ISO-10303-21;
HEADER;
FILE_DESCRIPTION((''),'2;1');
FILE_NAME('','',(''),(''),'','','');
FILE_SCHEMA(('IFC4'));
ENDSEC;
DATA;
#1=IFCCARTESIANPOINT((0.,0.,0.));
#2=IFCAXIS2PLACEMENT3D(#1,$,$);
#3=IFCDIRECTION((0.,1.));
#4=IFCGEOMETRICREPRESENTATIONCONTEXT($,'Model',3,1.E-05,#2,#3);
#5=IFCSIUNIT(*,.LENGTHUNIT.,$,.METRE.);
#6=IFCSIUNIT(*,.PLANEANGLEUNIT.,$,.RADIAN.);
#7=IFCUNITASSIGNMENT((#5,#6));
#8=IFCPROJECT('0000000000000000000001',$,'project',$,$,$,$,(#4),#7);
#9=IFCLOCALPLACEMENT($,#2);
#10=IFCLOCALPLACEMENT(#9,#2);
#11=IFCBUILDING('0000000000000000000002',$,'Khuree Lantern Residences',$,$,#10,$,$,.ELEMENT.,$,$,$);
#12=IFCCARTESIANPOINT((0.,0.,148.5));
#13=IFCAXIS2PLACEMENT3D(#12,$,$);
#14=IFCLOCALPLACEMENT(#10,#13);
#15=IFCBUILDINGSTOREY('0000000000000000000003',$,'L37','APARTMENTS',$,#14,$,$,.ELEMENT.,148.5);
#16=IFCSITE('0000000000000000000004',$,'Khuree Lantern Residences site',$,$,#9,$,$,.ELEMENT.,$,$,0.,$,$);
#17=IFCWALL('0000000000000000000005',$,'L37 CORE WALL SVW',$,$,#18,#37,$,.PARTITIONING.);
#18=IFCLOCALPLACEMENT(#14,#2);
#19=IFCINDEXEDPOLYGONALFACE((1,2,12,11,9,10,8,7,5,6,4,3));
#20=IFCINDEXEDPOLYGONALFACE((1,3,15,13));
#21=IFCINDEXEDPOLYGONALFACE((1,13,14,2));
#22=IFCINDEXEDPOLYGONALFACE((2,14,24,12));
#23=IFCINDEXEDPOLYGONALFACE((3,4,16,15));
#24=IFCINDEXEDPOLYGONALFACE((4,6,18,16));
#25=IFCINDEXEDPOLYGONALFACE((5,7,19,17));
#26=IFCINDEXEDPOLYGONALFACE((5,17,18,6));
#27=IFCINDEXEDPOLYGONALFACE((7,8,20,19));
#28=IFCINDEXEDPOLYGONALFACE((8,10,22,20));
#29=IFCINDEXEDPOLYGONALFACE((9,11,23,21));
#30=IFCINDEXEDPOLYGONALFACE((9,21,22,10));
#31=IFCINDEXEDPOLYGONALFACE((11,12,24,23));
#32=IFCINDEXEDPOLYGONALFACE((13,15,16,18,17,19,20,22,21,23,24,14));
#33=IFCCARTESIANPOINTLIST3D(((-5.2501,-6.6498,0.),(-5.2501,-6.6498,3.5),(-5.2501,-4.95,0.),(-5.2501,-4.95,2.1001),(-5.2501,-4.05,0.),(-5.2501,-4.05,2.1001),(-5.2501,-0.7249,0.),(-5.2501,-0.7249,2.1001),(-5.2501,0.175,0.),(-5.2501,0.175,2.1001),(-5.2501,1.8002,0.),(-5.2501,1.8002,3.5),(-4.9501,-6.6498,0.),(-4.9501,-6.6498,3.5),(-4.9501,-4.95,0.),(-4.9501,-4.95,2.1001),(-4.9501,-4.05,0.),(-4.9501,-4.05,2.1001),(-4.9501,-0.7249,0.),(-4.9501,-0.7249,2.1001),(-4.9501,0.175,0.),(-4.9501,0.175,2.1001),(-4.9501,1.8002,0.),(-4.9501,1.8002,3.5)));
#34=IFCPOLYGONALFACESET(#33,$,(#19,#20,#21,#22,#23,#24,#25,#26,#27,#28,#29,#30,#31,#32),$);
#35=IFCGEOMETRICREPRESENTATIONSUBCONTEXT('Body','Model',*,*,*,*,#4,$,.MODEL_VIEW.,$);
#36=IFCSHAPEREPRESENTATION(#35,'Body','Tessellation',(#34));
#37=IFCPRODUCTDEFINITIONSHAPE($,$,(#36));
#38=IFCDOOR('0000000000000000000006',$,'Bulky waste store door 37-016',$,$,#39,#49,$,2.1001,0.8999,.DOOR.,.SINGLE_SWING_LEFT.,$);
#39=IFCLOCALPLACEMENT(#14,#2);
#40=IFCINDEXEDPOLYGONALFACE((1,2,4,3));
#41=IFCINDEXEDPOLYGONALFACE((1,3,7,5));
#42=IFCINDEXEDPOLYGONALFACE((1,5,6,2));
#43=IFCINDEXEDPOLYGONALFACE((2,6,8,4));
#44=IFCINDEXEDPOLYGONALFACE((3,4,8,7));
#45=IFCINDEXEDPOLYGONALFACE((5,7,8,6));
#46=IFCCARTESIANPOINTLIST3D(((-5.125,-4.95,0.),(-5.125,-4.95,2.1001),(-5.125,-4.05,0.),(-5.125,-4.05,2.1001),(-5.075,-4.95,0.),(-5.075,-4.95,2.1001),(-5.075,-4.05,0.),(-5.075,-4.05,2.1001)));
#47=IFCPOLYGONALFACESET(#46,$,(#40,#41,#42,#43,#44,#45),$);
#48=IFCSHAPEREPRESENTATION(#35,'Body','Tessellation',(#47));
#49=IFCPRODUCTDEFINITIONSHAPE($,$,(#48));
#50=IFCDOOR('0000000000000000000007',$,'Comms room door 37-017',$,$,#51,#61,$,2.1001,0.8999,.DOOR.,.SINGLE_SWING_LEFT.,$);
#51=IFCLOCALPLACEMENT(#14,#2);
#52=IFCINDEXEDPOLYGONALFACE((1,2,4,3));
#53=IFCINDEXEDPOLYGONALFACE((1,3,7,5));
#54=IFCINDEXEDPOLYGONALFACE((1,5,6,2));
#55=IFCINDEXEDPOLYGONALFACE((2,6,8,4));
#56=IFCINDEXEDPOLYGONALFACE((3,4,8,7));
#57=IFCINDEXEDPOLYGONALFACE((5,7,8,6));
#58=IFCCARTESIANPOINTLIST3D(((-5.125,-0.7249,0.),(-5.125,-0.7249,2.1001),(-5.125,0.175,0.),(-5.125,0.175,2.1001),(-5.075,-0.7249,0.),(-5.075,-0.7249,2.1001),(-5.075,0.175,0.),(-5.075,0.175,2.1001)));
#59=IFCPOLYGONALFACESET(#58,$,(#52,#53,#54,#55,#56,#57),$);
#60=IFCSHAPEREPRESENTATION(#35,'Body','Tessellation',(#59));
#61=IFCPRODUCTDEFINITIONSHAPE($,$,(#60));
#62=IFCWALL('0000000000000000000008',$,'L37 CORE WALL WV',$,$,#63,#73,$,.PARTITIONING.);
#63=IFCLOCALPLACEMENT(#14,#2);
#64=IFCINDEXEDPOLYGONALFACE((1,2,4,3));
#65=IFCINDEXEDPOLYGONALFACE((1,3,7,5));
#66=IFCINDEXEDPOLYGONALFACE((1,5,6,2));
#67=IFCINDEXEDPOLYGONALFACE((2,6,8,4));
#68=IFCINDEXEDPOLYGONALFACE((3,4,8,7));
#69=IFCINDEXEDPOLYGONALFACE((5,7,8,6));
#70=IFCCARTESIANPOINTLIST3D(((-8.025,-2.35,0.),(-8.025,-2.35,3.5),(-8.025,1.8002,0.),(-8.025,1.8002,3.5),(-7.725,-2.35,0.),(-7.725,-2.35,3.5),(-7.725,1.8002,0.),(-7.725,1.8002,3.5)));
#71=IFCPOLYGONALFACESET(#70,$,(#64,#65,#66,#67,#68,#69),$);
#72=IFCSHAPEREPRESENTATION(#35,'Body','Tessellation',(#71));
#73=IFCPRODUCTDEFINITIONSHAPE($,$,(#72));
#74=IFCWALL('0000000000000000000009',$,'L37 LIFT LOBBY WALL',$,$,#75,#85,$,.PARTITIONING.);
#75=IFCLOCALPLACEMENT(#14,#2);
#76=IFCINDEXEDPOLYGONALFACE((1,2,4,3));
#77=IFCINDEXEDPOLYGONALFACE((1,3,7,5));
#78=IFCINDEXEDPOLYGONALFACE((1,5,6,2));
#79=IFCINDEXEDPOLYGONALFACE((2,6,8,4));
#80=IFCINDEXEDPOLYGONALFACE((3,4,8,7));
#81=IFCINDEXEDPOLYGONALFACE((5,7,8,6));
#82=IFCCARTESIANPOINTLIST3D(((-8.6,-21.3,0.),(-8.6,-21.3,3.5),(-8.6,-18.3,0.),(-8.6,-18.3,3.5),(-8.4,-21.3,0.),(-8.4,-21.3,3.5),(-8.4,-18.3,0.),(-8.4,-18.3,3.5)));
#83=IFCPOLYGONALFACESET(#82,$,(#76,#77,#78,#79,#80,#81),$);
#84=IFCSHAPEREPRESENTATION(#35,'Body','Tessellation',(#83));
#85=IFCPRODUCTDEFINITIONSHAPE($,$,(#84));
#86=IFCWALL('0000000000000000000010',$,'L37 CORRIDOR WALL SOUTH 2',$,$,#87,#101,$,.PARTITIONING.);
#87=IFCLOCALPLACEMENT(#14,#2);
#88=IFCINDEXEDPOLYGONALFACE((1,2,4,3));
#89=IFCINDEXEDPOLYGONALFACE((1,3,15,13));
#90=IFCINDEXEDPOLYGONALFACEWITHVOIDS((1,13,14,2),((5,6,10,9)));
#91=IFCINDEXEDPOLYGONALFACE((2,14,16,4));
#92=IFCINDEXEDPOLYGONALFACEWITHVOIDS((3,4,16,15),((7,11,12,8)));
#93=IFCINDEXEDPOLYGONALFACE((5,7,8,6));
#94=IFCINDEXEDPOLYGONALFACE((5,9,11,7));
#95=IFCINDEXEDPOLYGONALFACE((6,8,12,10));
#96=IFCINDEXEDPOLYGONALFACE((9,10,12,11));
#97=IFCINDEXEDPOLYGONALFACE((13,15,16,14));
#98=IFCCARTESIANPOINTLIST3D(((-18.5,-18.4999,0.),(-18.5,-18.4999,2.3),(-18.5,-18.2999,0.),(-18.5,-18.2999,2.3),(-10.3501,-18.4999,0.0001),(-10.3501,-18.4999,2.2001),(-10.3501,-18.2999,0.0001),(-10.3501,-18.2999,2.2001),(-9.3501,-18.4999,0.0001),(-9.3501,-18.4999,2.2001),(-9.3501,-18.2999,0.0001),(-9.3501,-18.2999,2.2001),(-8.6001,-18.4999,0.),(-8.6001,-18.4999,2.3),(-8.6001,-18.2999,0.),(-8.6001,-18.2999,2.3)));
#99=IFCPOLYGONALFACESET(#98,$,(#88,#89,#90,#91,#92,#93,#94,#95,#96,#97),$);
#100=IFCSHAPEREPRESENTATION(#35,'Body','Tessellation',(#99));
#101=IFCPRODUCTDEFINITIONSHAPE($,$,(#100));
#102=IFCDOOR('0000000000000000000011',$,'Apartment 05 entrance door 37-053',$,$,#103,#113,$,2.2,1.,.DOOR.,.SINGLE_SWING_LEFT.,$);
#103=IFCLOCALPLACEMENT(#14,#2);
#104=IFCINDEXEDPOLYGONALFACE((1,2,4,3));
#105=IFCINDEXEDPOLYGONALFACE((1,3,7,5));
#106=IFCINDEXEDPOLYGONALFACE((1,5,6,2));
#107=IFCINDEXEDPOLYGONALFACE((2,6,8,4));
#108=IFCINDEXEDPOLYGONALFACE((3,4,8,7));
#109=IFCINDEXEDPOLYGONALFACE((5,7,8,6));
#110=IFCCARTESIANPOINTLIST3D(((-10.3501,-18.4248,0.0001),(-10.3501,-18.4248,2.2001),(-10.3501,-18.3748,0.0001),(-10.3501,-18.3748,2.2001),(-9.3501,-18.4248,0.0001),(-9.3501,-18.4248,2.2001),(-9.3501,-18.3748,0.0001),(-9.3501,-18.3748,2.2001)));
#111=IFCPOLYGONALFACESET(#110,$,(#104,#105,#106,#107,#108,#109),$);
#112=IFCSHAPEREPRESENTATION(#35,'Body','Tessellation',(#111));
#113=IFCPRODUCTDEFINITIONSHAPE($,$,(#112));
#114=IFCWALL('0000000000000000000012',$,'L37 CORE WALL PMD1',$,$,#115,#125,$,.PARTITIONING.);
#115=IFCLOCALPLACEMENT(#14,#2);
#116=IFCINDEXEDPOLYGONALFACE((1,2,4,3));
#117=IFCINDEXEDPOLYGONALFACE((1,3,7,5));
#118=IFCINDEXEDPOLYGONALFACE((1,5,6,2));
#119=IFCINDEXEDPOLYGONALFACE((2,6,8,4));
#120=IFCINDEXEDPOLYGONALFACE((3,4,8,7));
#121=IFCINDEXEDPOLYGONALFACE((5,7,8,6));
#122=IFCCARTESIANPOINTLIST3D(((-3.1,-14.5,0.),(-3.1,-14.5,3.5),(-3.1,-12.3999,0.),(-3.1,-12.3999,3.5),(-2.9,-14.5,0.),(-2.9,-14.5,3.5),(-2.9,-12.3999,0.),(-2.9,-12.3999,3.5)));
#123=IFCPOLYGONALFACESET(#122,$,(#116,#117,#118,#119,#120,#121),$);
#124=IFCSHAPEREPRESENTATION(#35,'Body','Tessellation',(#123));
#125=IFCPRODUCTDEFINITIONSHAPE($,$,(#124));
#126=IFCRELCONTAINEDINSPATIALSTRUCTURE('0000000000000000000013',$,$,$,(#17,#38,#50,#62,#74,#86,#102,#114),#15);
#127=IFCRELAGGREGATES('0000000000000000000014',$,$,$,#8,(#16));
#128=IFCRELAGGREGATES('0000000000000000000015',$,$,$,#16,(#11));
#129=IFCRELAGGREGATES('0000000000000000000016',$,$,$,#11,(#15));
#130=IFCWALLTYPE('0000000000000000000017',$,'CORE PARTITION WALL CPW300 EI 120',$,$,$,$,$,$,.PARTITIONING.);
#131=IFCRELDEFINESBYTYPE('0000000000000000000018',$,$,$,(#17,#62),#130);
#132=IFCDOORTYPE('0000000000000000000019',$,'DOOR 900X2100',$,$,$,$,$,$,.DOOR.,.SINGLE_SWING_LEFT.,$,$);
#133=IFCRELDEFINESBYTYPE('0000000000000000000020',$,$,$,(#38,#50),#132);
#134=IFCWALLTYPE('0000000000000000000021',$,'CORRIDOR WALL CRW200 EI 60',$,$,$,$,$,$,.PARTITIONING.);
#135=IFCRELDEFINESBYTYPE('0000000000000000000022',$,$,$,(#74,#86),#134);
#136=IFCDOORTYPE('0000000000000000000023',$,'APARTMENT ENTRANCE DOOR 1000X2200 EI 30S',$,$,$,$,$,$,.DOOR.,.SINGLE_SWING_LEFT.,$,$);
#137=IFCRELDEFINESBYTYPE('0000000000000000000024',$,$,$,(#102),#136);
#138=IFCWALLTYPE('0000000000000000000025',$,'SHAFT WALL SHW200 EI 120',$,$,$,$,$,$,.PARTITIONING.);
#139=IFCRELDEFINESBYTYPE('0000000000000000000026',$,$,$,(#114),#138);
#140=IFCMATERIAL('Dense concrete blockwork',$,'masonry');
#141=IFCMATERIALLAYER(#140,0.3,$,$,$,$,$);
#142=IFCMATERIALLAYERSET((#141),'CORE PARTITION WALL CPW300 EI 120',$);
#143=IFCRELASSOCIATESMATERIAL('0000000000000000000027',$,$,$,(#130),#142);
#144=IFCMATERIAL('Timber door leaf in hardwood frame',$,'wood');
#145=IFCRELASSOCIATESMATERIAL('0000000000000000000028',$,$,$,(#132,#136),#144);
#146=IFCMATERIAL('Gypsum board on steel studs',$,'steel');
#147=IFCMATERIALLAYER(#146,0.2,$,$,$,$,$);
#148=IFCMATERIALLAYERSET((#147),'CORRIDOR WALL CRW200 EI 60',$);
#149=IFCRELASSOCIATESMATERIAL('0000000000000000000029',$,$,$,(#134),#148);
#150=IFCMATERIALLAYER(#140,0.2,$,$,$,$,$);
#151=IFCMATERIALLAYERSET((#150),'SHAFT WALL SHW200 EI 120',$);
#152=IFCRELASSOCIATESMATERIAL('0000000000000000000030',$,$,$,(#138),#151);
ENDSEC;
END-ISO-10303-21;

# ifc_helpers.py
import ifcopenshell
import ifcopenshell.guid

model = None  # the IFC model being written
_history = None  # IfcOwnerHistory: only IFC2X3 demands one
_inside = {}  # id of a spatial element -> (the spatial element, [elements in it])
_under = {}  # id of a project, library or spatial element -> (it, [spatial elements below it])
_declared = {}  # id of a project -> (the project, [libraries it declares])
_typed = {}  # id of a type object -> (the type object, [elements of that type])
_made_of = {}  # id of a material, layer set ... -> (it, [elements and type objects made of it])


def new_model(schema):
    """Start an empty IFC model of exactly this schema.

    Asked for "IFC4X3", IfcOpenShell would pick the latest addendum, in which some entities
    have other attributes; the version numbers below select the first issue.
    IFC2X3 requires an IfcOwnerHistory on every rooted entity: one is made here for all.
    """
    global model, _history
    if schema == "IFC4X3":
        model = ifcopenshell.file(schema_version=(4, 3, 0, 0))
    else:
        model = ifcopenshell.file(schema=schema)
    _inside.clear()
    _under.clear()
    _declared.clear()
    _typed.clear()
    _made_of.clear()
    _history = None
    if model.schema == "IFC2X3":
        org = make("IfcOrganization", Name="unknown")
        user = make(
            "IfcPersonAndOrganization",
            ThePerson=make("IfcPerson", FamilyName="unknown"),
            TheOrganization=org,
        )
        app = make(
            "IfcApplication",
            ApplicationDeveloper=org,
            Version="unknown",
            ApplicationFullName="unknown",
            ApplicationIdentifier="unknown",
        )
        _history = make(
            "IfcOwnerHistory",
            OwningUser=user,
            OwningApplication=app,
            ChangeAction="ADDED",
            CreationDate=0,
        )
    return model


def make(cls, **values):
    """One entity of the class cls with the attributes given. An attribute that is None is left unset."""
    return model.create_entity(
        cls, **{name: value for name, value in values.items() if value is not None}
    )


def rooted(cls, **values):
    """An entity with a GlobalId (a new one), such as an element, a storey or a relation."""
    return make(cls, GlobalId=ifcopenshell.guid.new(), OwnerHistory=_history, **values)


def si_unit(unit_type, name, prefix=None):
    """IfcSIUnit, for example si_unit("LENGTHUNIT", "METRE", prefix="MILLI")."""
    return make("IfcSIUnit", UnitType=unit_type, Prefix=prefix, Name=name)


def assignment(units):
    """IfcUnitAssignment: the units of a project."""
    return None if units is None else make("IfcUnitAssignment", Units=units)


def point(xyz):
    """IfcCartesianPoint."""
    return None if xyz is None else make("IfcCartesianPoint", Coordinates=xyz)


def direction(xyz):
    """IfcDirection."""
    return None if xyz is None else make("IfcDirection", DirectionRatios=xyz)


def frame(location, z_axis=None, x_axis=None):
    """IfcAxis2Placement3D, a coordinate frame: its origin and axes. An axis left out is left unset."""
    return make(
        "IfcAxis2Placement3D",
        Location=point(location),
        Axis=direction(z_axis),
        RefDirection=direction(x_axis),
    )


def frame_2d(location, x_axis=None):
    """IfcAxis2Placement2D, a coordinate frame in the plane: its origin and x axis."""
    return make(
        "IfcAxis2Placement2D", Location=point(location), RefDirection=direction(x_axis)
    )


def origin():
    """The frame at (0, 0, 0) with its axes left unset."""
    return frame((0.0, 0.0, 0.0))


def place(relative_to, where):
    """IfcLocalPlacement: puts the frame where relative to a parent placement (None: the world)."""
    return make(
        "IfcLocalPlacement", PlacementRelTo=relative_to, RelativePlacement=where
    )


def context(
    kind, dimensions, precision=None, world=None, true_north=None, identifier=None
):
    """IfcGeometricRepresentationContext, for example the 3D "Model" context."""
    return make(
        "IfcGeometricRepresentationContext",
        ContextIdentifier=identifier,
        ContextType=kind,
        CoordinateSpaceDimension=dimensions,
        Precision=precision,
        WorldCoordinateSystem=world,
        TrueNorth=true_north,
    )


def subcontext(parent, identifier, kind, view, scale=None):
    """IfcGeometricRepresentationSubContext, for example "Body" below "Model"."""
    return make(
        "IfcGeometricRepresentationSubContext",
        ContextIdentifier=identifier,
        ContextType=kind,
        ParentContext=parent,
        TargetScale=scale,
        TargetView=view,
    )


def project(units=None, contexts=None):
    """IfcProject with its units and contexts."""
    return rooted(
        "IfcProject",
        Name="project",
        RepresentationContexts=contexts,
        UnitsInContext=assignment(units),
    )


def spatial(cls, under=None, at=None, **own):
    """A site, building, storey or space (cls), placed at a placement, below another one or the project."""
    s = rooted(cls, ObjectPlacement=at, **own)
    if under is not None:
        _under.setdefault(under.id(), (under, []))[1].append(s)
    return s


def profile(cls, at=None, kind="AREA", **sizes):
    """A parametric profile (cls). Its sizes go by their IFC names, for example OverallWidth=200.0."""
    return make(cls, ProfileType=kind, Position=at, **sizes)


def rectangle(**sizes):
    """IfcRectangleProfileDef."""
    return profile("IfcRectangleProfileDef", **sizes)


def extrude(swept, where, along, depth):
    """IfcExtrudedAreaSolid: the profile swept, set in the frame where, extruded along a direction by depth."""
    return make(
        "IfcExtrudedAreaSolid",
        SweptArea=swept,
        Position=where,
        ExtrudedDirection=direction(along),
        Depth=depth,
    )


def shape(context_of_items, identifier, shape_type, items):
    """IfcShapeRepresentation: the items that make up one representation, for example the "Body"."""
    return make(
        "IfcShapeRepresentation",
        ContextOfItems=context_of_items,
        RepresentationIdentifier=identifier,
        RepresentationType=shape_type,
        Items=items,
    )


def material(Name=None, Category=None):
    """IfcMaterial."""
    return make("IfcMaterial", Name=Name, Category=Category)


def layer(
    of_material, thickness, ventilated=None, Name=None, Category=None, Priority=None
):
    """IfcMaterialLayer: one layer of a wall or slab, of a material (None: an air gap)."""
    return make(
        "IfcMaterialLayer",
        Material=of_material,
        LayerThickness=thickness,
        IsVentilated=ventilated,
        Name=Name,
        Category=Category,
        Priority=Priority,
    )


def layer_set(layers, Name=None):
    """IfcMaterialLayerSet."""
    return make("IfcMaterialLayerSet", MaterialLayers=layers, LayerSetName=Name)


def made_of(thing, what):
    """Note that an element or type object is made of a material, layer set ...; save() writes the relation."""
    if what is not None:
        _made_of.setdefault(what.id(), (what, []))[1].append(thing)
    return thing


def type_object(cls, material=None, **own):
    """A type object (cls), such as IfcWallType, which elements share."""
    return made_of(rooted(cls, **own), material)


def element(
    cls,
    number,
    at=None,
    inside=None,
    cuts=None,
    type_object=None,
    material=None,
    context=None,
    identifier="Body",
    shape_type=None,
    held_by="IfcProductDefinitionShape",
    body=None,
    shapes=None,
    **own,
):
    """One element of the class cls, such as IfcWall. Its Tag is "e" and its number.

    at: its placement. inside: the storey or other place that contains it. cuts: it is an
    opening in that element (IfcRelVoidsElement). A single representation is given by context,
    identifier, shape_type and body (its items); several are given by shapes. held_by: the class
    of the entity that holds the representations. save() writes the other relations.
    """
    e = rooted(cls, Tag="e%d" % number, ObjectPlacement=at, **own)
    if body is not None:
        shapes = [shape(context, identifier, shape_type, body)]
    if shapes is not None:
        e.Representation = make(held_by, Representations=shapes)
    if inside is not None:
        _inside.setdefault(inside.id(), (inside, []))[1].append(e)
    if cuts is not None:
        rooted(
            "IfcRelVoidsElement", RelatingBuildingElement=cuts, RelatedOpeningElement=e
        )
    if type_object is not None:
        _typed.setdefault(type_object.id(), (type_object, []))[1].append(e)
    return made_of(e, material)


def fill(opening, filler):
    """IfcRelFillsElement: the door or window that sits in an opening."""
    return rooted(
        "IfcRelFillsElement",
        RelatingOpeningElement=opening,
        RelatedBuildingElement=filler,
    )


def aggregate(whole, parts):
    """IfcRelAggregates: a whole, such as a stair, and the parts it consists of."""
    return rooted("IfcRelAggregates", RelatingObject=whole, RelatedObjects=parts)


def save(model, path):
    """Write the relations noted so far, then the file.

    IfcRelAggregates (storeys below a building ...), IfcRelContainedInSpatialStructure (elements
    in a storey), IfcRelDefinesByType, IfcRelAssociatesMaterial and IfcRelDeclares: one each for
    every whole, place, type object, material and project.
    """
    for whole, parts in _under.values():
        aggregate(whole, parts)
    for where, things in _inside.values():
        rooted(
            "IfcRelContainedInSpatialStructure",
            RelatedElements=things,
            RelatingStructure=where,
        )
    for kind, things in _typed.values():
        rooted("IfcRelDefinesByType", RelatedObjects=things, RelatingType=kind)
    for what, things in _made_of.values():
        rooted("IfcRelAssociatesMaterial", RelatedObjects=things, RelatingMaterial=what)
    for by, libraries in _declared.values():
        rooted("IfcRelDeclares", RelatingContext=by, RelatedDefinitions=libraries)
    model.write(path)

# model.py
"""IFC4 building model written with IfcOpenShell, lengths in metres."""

from ifc_helpers import new_model, si_unit, direction, frame, frame_2d, origin, place, context, subcontext, project, spatial, rectangle, extrude, material, layer, layer_set, type_object, element, fill, save


model = new_model("IFC4")

# Units and contexts
model_context = context("Model", 3, precision=1e-05, world=origin(), true_north=direction((0.0, 1.0)))
body_context = subcontext(model_context, "Body", "Model", "MODEL_VIEW")
ifc_project = project(units=[si_unit("LENGTHUNIT", "METRE"), si_unit("PLANEANGLEUNIT", "RADIAN")], contexts=[model_context])

# Site, building, storey
site_placement = place(None, origin())
site = spatial("IfcSite", under=ifc_project, at=site_placement, Name="Khuree Lantern Residences site", CompositionType="ELEMENT", RefElevation=0.0)
building_placement = place(site_placement, origin())
building = spatial("IfcBuilding", under=site, at=building_placement, Name="Khuree Lantern Residences", CompositionType="ELEMENT")
storey_placement = place(building_placement, frame((0.0, 0.0, 148.5)))
storey = spatial("IfcBuildingStorey", under=building, at=storey_placement, Name="L37", Description="APARTMENTS", CompositionType="ELEMENT", Elevation=148.5)

# Shared definitions
ifc_material_1 = material(Name="Dense concrete blockwork", Category="masonry")
ifc_layer_1 = layer(ifc_material_1, 0.3)
ifc_layer_set_1 = layer_set([ifc_layer_1], Name="CORE PARTITION WALL CPW300 EI 120")
wall_type_1 = type_object("IfcWallType", Name="CORE PARTITION WALL CPW300 EI 120", PredefinedType="PARTITIONING", material=ifc_layer_set_1)

# Wall, openings, doors
wall_1_placement = place(storey_placement, frame((-5.1001, -6.6499, 0.0), z_axis=(0.0, 0.0, 1.0), x_axis=(0.0, 1.0, 0.0)))
wall_1 = element("IfcWall", 1, at=wall_1_placement, inside=storey, type_object=wall_type_1, Name="L37 CORE WALL SVW", PredefinedType="PARTITIONING", context=body_context, shape_type="SweptSolid", body=[
    extrude(rectangle(XDim=8.45, YDim=0.3, at=frame_2d((4.2251, 0.0))), origin(), (0.0, 0.0, 1.0), 3.5),
])
opening_1_placement = place(wall_1_placement, frame((1.7, 0.0, 0.0)))
opening_1 = element("IfcOpeningElement", 2, at=opening_1_placement, cuts=wall_1, PredefinedType="OPENING", context=body_context, shape_type="SweptSolid", body=[
    extrude(rectangle(XDim=0.8999, YDim=2.1001, at=frame_2d((0.45, 1.05))), frame((0.0, 0.1602, 0.0), z_axis=(0.0, -1.0, 0.0), x_axis=(1.0, 0.0, 0.0)), (0.0, 0.0, 1.0), 0.3201),
])
opening_2_placement = place(wall_1_placement, frame((5.925, 0.0, 0.0)))
opening_2 = element("IfcOpeningElement", 3, at=opening_2_placement, cuts=wall_1, PredefinedType="OPENING", context=body_context, shape_type="SweptSolid", body=[
    extrude(rectangle(XDim=0.8999, YDim=2.1001, at=frame_2d((0.45, 1.05))), frame((0.0, 0.1602, 0.0), z_axis=(0.0, -1.0, 0.0), x_axis=(1.0, 0.0, 0.0)), (0.0, 0.0, 1.0), 0.3201),
])
ifc_material_2 = material(Name="Timber door leaf in hardwood frame", Category="wood")
door_type_1 = type_object("IfcDoorType", Name="DOOR 900X2100", OperationType="SINGLE_SWING_LEFT", PredefinedType="DOOR", material=ifc_material_2)
door_1_placement = place(opening_1_placement, origin())
door_1 = element("IfcDoor", 4, at=door_1_placement, inside=storey, type_object=door_type_1, Name="Bulky waste store door 37-016", OperationType="SINGLE_SWING_LEFT", OverallHeight=2.1001, OverallWidth=0.8999, PredefinedType="DOOR", context=body_context, shape_type="SweptSolid", body=[
    extrude(rectangle(XDim=0.8999, YDim=2.1001, at=frame_2d((0.45, 1.05))), frame((0.0, 0.0249, 0.0), z_axis=(0.0, -1.0, 0.0), x_axis=(1.0, 0.0, 0.0)), (0.0, 0.0, 1.0), 0.05),
])
fill(opening_1, door_1)
door_2_placement = place(opening_2_placement, origin())
door_2 = element("IfcDoor", 5, at=door_2_placement, inside=storey, type_object=door_type_1, Name="Comms room door 37-017", OperationType="SINGLE_SWING_LEFT", OverallHeight=2.1001, OverallWidth=0.8999, PredefinedType="DOOR", context=body_context, shape_type="SweptSolid", body=[
    extrude(rectangle(XDim=0.8999, YDim=2.1001, at=frame_2d((0.45, 1.05))), frame((0.0, 0.0249, 0.0), z_axis=(0.0, -1.0, 0.0), x_axis=(1.0, 0.0, 0.0)), (0.0, 0.0, 1.0), 0.05),
])
fill(opening_2, door_2)

# Walls
wall_2_placement = place(storey_placement, frame((-7.875, -2.3501, 0.0), z_axis=(0.0, 0.0, 1.0), x_axis=(0.0, 1.0, 0.0)))
element("IfcWall", 6, at=wall_2_placement, inside=storey, type_object=wall_type_1, Name="L37 CORE WALL WV", PredefinedType="PARTITIONING", context=body_context, shape_type="SweptSolid", body=[
    extrude(rectangle(XDim=4.1501, YDim=0.3, at=frame_2d((2.0752, 0.0))), origin(), (0.0, 0.0, 1.0), 3.5),
])
ifc_material_3 = material(Name="Gypsum board on steel studs", Category="steel")
ifc_layer_2 = layer(ifc_material_3, 0.2)
ifc_layer_set_2 = layer_set([ifc_layer_2], Name="CORRIDOR WALL CRW200 EI 60")
wall_type_2 = type_object("IfcWallType", Name="CORRIDOR WALL CRW200 EI 60", PredefinedType="PARTITIONING", material=ifc_layer_set_2)
wall_3_placement = place(storey_placement, frame((-8.5, -18.3, 0.0), z_axis=(0.0, 0.0, 1.0), x_axis=(0.0, -1.0, 0.0)))
element("IfcWall", 7, at=wall_3_placement, inside=storey, type_object=wall_type_2, Name="L37 LIFT LOBBY WALL", PredefinedType="PARTITIONING", context=body_context, shape_type="SweptSolid", body=[
    extrude(rectangle(XDim=3.0, YDim=0.2, at=frame_2d((1.5, 0.0))), origin(), (0.0, 0.0, 1.0), 3.5),
])

# Wall, opening, door
wall_4_placement = place(storey_placement, frame((-8.6001, -18.3999, 0.0), z_axis=(0.0, 0.0, 1.0), x_axis=(-1.0, 0.0, 0.0)))
wall_4 = element("IfcWall", 8, at=wall_4_placement, inside=storey, type_object=wall_type_2, Name="L37 CORRIDOR WALL SOUTH 2", PredefinedType="PARTITIONING", context=body_context, shape_type="SweptSolid", body=[
    extrude(rectangle(XDim=9.8999, YDim=0.2, at=frame_2d((4.95, 0.0))), origin(), (0.0, 0.0, 1.0), 2.3),
])
opening_3_placement = place(wall_4_placement, frame((0.75, 0.0, 0.0)))
opening_3 = element("IfcOpeningElement", 9, at=opening_3_placement, cuts=wall_4, PredefinedType="OPENING", context=body_context, shape_type="SweptSolid", body=[
    extrude(rectangle(XDim=1.0, YDim=2.2, at=frame_2d((0.5, 1.1001))), frame((0.0, 0.1099, 0.0), z_axis=(0.0, -1.0, 0.0), x_axis=(1.0, 0.0, 0.0)), (0.0, 0.0, 1.0), 0.22),
])
door_type_2 = type_object("IfcDoorType", Name="APARTMENT ENTRANCE DOOR 1000X2200 EI 30S", OperationType="SINGLE_SWING_LEFT", PredefinedType="DOOR", material=ifc_material_2)
door_3_placement = place(opening_3_placement, origin())
door_3 = element("IfcDoor", 10, at=door_3_placement, inside=storey, type_object=door_type_2, Name="Apartment 05 entrance door 37-053", OperationType="SINGLE_SWING_LEFT", OverallHeight=2.2, OverallWidth=1.0, PredefinedType="DOOR", context=body_context, shape_type="SweptSolid", body=[
    extrude(rectangle(XDim=1.0, YDim=2.2, at=frame_2d((0.5, 1.1001))), frame((0.0, 0.0249, 0.0), z_axis=(0.0, -1.0, 0.0), x_axis=(1.0, 0.0, 0.0)), (0.0, 0.0, 1.0), 0.05),
])
fill(opening_3, door_3)

# Wall
ifc_layer_3 = layer(ifc_material_1, 0.2)
ifc_layer_set_3 = layer_set([ifc_layer_3], Name="SHAFT WALL SHW200 EI 120")
wall_type_3 = type_object("IfcWallType", Name="SHAFT WALL SHW200 EI 120", PredefinedType="PARTITIONING", material=ifc_layer_set_3)
wall_5_placement = place(storey_placement, frame((-3.0, -14.5, 0.0), z_axis=(0.0, 0.0, 1.0), x_axis=(0.0, 1.0, 0.0)))
element("IfcWall", 11, at=wall_5_placement, inside=storey, type_object=wall_type_3, Name="L37 CORE WALL PMD1", PredefinedType="PARTITIONING", context=body_context, shape_type="SweptSolid", body=[
    extrude(rectangle(XDim=2.1001, YDim=0.2, at=frame_2d((1.05, 0.0))), origin(), (0.0, 0.0, 1.0), 3.5),
])

save(model, "model.ifc")
